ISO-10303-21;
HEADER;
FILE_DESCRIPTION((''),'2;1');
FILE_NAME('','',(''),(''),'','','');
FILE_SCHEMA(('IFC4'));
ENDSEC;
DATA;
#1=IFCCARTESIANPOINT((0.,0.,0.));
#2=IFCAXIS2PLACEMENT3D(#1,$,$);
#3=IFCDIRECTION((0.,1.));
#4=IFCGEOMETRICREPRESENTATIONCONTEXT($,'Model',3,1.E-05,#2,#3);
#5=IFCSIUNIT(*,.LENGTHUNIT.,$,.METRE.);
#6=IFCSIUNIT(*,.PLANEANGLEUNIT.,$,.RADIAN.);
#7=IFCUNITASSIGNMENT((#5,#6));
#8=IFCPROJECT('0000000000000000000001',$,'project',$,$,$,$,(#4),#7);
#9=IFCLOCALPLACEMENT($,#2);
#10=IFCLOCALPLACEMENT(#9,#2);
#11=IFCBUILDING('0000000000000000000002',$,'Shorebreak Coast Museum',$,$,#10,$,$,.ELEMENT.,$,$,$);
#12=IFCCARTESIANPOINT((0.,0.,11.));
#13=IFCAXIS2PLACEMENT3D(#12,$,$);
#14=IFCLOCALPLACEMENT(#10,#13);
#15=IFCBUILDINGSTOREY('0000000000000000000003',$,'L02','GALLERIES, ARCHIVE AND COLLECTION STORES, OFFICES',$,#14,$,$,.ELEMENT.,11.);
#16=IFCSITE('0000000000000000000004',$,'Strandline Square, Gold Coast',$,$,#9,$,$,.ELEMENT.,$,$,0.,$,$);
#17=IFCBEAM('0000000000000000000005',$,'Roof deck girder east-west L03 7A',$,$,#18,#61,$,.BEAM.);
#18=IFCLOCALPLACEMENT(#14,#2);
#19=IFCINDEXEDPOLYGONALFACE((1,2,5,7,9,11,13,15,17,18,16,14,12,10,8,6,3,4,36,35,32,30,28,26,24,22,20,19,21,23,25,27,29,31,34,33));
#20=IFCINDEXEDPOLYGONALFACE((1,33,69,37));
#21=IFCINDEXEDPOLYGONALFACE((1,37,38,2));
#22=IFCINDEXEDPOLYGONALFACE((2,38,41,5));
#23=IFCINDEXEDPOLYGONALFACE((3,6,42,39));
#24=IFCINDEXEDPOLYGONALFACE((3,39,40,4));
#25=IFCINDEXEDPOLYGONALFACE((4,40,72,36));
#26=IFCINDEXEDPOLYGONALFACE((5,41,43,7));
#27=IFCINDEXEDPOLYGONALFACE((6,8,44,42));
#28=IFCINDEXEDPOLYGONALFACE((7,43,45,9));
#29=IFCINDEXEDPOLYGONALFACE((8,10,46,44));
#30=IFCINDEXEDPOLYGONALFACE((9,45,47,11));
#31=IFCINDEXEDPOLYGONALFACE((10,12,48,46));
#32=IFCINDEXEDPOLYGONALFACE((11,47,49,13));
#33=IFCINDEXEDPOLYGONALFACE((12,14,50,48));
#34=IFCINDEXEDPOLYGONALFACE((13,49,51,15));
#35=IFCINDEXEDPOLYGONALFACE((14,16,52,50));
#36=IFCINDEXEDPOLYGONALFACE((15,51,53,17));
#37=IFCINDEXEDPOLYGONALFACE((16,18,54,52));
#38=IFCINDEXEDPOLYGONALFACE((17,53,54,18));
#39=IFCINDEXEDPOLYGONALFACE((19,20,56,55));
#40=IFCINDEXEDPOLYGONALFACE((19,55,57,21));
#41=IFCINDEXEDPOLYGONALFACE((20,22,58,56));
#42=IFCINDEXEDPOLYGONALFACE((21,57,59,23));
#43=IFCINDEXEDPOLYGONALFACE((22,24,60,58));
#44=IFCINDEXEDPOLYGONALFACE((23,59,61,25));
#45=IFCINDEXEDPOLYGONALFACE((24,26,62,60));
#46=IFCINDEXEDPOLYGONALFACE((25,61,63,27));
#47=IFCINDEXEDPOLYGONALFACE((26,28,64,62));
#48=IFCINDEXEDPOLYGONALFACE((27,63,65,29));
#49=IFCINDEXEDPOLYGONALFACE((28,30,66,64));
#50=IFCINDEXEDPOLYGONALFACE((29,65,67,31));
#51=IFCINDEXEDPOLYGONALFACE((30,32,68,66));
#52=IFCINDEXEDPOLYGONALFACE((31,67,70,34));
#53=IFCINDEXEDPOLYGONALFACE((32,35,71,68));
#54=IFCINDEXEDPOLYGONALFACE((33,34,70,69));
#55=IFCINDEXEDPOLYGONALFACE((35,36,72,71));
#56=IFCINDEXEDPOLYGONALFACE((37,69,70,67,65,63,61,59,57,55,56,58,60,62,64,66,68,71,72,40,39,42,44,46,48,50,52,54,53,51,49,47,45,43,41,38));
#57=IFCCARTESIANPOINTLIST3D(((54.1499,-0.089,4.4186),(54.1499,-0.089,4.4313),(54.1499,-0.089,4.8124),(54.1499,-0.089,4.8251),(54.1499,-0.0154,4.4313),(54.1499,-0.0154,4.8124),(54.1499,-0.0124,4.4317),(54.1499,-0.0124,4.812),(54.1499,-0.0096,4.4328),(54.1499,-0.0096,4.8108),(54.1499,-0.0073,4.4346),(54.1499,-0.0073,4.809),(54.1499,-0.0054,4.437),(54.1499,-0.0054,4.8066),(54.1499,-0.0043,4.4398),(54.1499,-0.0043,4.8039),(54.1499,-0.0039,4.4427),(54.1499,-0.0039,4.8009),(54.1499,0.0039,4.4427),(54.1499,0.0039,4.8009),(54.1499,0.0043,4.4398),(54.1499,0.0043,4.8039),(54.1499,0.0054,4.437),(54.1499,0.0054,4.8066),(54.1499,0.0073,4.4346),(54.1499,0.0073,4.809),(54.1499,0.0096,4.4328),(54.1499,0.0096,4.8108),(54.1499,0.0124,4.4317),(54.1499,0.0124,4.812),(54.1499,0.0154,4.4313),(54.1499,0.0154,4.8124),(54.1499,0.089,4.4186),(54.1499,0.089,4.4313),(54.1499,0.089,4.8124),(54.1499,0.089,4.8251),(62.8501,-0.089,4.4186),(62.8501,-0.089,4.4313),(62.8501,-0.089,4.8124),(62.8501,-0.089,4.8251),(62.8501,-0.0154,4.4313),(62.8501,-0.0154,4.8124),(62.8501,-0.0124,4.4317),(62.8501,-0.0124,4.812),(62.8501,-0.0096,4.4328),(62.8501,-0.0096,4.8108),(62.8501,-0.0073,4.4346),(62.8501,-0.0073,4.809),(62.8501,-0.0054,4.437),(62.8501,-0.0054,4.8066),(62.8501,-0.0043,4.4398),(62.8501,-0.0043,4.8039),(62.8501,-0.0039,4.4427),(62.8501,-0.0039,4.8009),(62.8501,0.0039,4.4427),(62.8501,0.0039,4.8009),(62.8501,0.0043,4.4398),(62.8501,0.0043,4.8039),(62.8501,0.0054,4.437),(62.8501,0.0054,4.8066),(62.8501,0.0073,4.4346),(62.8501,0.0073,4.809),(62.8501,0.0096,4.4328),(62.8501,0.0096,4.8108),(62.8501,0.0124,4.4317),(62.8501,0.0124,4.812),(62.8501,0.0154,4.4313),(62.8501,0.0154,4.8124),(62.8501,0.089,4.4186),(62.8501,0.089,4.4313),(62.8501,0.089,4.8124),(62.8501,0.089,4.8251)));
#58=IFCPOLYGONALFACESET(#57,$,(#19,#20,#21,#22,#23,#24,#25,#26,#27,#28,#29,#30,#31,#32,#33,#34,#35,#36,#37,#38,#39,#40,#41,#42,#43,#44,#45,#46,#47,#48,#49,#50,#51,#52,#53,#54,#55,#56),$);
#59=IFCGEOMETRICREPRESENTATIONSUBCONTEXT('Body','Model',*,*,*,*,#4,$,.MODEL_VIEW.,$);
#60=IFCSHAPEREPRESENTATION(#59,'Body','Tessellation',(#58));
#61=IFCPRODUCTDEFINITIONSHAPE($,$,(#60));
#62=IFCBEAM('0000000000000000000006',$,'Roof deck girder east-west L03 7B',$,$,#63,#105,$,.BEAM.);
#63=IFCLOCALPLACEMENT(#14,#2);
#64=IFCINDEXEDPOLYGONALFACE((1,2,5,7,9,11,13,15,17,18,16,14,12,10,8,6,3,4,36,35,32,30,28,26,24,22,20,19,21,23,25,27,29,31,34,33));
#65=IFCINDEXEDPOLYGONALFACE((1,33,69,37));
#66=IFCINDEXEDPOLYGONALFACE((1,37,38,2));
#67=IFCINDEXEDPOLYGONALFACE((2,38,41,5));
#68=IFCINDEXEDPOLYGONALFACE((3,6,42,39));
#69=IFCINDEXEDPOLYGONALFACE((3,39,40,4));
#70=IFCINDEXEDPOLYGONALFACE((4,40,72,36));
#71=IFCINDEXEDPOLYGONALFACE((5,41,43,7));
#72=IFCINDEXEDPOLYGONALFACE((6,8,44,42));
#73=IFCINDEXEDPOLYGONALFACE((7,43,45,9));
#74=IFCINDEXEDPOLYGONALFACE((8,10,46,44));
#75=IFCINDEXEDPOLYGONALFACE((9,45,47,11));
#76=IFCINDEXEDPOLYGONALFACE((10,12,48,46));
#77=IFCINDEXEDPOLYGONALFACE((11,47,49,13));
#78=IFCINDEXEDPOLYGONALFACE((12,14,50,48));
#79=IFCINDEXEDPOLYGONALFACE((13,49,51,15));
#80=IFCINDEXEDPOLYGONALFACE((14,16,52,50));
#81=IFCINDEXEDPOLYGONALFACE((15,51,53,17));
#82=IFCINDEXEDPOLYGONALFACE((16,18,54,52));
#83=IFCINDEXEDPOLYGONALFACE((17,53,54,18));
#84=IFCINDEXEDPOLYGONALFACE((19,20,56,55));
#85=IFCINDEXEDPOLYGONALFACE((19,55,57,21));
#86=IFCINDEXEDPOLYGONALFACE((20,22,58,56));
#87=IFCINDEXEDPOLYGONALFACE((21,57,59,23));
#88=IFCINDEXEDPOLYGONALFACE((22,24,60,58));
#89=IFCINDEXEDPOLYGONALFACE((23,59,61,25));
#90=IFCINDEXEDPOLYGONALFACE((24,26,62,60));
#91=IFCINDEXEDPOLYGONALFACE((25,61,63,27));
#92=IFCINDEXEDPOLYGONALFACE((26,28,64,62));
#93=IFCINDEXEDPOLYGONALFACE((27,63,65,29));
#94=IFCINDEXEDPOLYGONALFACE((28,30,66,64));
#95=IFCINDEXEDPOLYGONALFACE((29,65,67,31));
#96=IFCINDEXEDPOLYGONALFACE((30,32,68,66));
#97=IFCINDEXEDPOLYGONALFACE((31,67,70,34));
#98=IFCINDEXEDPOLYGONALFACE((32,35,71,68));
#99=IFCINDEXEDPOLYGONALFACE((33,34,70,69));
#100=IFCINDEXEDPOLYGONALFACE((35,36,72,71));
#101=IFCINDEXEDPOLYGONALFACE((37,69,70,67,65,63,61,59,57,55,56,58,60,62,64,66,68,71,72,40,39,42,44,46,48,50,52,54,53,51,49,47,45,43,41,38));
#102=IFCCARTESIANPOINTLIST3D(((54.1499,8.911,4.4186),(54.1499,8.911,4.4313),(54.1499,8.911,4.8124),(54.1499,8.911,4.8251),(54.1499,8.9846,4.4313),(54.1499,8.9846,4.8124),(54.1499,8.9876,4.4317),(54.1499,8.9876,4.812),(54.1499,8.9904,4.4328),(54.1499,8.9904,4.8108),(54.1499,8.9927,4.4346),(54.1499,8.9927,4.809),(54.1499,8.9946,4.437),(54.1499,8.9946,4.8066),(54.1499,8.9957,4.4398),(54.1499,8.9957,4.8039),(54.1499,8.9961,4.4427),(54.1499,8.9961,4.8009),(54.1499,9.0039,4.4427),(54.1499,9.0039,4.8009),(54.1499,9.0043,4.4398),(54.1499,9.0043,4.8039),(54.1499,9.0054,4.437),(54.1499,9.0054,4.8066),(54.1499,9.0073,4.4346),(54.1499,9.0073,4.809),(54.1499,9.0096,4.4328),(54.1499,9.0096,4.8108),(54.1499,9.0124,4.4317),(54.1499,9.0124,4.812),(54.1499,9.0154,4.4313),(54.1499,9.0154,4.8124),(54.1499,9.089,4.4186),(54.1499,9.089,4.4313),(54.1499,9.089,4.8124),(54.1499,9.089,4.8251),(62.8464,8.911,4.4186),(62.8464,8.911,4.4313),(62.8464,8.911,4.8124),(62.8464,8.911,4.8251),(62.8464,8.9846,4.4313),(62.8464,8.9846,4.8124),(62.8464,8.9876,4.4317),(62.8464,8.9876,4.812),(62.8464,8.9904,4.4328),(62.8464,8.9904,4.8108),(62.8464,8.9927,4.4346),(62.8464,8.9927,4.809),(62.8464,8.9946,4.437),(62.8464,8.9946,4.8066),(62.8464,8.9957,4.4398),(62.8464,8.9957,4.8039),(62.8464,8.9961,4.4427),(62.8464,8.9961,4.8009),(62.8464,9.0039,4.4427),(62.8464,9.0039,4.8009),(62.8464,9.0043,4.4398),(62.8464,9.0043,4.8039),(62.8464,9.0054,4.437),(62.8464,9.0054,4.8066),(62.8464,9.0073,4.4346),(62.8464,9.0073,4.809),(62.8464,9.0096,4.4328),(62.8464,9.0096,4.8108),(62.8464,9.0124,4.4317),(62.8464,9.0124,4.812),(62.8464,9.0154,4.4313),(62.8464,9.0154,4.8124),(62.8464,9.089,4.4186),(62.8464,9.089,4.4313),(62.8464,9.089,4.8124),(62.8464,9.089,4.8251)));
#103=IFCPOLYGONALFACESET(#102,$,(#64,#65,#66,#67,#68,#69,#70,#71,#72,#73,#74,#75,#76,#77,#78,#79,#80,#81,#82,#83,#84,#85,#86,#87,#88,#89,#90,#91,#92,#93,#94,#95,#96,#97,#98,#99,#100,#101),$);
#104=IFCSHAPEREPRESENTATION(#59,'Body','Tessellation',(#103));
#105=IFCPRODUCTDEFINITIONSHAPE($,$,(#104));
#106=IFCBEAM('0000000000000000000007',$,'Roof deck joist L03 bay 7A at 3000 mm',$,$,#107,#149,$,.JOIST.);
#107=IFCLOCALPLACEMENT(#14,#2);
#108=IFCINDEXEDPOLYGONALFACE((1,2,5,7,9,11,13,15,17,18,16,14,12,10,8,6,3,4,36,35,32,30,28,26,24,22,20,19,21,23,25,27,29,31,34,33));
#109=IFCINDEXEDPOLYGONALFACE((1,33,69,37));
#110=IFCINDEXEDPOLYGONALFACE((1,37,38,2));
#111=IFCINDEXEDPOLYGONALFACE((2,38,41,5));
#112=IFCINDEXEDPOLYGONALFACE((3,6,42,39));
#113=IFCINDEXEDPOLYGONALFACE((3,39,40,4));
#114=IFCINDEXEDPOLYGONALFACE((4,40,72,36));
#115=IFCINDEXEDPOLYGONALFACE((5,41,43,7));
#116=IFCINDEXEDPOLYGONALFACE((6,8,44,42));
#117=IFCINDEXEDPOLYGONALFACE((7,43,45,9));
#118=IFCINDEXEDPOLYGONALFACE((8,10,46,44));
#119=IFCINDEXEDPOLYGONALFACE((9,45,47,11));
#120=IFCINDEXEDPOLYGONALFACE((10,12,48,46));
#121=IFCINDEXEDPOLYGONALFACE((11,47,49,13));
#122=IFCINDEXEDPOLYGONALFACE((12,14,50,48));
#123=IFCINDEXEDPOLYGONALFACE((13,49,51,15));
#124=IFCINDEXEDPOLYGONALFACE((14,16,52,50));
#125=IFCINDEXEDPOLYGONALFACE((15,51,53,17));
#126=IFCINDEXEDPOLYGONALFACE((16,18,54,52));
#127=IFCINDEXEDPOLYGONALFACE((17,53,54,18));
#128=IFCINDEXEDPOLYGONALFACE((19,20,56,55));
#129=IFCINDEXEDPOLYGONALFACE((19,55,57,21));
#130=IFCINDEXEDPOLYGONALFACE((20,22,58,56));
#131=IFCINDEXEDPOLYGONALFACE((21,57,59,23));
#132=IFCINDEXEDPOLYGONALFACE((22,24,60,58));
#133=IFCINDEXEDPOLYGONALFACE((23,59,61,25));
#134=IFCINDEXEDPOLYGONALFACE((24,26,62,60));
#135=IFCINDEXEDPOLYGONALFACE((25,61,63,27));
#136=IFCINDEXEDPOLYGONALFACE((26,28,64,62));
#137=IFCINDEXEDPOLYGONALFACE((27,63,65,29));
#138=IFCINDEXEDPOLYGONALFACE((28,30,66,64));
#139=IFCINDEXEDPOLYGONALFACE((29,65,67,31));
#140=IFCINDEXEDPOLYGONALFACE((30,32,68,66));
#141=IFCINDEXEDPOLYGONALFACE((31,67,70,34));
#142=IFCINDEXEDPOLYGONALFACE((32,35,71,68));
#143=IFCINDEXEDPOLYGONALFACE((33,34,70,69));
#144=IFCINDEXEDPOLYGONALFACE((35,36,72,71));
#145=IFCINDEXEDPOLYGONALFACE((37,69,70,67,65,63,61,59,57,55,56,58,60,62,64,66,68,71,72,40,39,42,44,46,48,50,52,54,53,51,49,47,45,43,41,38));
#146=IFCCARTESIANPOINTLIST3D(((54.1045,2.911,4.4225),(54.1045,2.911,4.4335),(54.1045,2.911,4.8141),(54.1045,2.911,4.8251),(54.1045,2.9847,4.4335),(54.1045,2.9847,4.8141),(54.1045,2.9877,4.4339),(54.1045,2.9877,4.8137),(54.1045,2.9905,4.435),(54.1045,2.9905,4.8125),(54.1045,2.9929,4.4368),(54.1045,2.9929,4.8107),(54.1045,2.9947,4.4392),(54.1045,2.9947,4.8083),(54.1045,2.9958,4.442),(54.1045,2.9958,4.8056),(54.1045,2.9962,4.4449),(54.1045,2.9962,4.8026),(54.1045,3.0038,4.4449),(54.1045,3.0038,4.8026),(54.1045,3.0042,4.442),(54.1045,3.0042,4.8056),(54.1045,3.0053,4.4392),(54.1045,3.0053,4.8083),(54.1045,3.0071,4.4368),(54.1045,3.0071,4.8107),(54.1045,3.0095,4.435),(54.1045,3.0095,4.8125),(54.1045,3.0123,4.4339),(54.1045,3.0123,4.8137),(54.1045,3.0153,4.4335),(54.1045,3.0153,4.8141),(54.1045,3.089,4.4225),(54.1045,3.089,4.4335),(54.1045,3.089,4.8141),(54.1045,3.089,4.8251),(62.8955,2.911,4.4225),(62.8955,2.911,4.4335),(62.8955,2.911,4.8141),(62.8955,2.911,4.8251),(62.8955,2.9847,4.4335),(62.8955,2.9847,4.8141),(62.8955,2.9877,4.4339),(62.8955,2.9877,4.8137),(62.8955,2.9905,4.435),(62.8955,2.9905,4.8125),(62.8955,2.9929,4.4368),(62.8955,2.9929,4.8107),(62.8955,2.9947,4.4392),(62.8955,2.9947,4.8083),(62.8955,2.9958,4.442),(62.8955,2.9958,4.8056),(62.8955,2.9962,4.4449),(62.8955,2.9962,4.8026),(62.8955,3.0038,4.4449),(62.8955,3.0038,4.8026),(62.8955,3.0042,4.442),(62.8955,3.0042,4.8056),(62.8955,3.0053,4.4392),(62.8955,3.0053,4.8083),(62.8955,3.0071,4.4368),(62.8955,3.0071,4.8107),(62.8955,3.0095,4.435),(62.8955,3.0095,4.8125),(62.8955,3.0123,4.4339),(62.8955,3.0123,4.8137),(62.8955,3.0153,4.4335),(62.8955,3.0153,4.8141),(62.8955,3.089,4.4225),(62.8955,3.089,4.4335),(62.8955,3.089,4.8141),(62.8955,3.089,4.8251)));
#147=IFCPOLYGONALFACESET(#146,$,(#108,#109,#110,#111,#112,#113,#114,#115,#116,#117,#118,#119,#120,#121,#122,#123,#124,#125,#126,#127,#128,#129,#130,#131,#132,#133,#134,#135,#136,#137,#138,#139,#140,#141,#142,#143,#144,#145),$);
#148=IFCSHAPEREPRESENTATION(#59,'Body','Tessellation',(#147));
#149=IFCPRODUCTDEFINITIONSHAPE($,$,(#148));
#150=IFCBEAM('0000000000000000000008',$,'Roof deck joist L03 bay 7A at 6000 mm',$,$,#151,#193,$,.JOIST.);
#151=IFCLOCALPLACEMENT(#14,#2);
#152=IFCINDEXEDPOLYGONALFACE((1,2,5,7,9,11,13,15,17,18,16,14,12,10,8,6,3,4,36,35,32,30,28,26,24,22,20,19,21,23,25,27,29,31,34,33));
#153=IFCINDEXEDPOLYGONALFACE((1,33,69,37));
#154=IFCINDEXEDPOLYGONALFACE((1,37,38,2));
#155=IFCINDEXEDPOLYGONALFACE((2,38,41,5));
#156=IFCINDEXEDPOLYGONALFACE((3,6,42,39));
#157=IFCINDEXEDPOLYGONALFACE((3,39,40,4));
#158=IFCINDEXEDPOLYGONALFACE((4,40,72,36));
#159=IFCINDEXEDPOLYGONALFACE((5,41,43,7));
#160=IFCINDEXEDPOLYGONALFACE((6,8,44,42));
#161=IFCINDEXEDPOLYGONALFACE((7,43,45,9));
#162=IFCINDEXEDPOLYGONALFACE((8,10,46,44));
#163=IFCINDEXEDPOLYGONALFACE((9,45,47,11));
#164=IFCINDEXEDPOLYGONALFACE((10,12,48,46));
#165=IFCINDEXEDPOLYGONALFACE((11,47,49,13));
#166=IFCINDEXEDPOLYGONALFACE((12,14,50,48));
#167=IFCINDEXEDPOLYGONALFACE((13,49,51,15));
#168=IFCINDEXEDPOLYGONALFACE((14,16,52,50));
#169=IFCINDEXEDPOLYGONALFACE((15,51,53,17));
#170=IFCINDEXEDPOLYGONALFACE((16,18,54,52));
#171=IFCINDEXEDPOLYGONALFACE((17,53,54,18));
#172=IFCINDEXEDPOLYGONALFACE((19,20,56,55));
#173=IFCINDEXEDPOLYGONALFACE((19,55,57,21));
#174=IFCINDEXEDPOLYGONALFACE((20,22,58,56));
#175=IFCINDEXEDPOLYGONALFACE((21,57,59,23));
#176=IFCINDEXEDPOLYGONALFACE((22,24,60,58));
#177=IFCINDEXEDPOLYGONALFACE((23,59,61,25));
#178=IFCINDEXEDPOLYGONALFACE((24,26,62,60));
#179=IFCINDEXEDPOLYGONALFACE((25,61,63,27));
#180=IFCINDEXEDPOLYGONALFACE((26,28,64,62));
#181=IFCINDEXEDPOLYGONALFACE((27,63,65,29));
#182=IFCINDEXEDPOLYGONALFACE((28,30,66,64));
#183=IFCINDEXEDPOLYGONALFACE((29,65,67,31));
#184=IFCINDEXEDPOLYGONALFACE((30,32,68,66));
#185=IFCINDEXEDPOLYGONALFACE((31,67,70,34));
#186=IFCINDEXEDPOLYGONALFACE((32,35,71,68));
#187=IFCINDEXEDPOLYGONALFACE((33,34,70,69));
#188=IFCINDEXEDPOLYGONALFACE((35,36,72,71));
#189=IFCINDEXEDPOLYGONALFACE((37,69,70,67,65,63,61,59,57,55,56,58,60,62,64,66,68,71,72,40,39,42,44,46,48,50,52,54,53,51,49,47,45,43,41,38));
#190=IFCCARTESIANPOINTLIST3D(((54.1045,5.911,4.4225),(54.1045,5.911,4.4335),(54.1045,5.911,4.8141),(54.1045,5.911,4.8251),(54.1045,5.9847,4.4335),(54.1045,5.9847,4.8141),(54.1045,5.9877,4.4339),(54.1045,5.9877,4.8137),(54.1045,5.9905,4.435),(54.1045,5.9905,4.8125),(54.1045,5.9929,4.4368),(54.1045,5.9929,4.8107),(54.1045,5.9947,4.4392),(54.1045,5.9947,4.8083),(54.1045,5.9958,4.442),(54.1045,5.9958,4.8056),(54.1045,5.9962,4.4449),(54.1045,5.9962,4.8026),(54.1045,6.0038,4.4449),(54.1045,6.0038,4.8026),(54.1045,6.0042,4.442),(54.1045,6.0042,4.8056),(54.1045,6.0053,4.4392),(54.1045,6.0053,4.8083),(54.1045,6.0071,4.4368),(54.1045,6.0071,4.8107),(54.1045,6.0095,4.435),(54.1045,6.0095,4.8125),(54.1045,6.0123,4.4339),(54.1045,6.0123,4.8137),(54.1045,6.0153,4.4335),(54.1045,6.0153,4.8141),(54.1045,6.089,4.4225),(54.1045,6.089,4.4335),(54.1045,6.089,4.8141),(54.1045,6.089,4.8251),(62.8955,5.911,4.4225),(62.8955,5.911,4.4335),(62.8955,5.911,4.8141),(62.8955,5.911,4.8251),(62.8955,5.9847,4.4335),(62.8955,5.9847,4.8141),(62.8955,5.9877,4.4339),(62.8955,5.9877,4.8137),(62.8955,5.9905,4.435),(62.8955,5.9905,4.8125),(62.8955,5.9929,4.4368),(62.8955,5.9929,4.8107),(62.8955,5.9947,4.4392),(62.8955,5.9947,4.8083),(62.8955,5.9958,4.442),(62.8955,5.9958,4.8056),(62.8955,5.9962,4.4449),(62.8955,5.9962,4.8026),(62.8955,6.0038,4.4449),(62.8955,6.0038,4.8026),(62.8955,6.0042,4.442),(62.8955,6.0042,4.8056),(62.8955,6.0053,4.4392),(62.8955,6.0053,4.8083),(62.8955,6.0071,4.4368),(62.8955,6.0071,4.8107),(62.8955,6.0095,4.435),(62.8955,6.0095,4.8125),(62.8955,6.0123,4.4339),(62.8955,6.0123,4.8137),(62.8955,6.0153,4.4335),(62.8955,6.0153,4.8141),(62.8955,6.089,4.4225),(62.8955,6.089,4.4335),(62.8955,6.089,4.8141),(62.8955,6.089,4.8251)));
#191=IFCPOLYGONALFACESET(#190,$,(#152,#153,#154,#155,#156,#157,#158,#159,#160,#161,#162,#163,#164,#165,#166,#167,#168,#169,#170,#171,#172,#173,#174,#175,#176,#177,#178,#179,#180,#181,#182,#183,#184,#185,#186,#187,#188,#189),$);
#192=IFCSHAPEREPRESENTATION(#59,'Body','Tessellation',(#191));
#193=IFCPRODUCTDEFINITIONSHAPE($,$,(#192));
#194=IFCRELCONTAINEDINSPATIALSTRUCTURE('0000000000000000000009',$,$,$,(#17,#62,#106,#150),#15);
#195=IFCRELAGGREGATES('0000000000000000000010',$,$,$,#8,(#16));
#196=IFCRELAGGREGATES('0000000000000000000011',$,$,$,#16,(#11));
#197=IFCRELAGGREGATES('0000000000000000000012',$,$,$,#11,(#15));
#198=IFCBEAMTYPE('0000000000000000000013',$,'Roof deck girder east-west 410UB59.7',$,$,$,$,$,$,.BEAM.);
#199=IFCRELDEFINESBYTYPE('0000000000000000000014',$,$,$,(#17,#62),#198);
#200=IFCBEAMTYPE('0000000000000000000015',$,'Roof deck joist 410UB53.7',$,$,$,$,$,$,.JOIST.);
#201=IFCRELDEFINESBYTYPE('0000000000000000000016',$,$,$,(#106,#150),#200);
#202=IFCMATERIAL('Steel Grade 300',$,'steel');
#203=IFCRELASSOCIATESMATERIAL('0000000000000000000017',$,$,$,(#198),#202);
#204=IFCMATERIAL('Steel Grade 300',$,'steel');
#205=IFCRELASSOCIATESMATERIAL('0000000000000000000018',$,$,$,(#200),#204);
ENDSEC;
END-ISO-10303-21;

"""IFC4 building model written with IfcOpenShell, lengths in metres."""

from ifc_helpers import new_model, si_unit, direction, frame, origin, origin_2d, place, context, subcontext, project, spatial, i_section, extrude, material, material_profile, profile_set, type_object, element, save


model = new_model("IFC4")

# Units and contexts
model_context = context("Model", 3, precision=1e-05, world=origin(), true_north=direction((0.0, 1.0)))
body_context = subcontext(model_context, "Body", "Model", "MODEL_VIEW")
ifc_project = project(units=[si_unit("LENGTHUNIT", "METRE"), si_unit("PLANEANGLEUNIT", "RADIAN")], contexts=[model_context])

# Site, building, storey
site_placement = place(None, origin())
site = spatial("IfcSite", under=ifc_project, at=site_placement, Name="Strandline Square, Gold Coast", CompositionType="ELEMENT", RefElevation=0.0)
building_placement = place(site_placement, origin())
building = spatial("IfcBuilding", under=site, at=building_placement, Name="Shorebreak Coast Museum", CompositionType="ELEMENT")
storey_placement = place(building_placement, frame((0.0, 0.0, 11.0)))
storey = spatial("IfcBuildingStorey", under=building, at=storey_placement, Name="L02", Description="GALLERIES, ARCHIVE AND COLLECTION STORES, OFFICES", CompositionType="ELEMENT", Elevation=11.0)

# Beams
ifc_material_1 = material(Name="Steel Grade 300", Category="steel")
ifc_material_profile_1 = material_profile(ifc_material_1, i_section(OverallWidth=0.178, OverallDepth=0.4065, WebThickness=0.0078, FlangeThickness=0.0127, FilletRadius=0.0115, at=origin_2d()), Name="410UB59.7")
ifc_profile_set_1 = profile_set([ifc_material_profile_1], Name="Steel Grade 300")
beam_type_1 = type_object("IfcBeamType", Name="Roof deck girder east-west 410UB59.7", PredefinedType="BEAM", material=ifc_profile_set_1)
beam_1_placement = place(storey_placement, frame((54.1499, 0.0, 4.6218), z_axis=(1.0, 0.0, 0.0), x_axis=(0.0, 1.0, 0.0)))
element("IfcBeam", 1, at=beam_1_placement, inside=storey, type_object=beam_type_1, Name="Roof deck girder east-west L03 7A", PredefinedType="BEAM", context=body_context, shape_type="SweptSolid", body=[
    extrude(i_section(OverallWidth=0.178, OverallDepth=0.4065, WebThickness=0.0078, FlangeThickness=0.0127, FilletRadius=0.0115, at=origin_2d()), origin(), (0.0, 0.0, 1.0), 8.7002),
])
beam_2_placement = place(storey_placement, frame((54.1499, 9.0, 4.6218), z_axis=(1.0, 0.0, 0.0), x_axis=(0.0, 1.0, 0.0)))
element("IfcBeam", 2, at=beam_2_placement, inside=storey, type_object=beam_type_1, Name="Roof deck girder east-west L03 7B", PredefinedType="BEAM", context=body_context, shape_type="SweptSolid", body=[
    extrude(i_section(OverallWidth=0.178, OverallDepth=0.4065, WebThickness=0.0078, FlangeThickness=0.0127, FilletRadius=0.0115, at=origin_2d()), origin(), (0.0, 0.0, 1.0), 8.6965),
])
ifc_material_2 = material(Name="Steel Grade 300", Category="steel")
ifc_material_profile_2 = material_profile(ifc_material_2, i_section(OverallWidth=0.178, OverallDepth=0.4026, WebThickness=0.0076, FlangeThickness=0.011, FilletRadius=0.0115, at=origin_2d()), Name="410UB53.7")
ifc_profile_set_2 = profile_set([ifc_material_profile_2], Name="Steel Grade 300")
beam_type_2 = type_object("IfcBeamType", Name="Roof deck joist 410UB53.7", PredefinedType="JOIST", material=ifc_profile_set_2)
for number, where, z_axis, x_axis, name in (
    (3, (54.1045, 3.0, 4.6238), (1.0, 0.0, 0.0), (0.0, 1.0, 0.0), "Roof deck joist L03 bay 7A at 3000 mm"),
    (4, (54.1045, 6.0, 4.6238), (1.0, 0.0, 0.0), (0.0, 1.0, 0.0), "Roof deck joist L03 bay 7A at 6000 mm"),
):
    element("IfcBeam", number, at=place(storey_placement, frame(where, z_axis=z_axis, x_axis=x_axis)), inside=storey, type_object=beam_type_2, Name=name, PredefinedType="JOIST", context=body_context, shape_type="SweptSolid", body=[
        extrude(i_section(OverallWidth=0.178, OverallDepth=0.4026, WebThickness=0.0076, FlangeThickness=0.011, FilletRadius=0.0115, at=origin_2d()), origin(), (0.0, 0.0, 1.0), 8.791),
    ])

save(model, "model.ifc")
